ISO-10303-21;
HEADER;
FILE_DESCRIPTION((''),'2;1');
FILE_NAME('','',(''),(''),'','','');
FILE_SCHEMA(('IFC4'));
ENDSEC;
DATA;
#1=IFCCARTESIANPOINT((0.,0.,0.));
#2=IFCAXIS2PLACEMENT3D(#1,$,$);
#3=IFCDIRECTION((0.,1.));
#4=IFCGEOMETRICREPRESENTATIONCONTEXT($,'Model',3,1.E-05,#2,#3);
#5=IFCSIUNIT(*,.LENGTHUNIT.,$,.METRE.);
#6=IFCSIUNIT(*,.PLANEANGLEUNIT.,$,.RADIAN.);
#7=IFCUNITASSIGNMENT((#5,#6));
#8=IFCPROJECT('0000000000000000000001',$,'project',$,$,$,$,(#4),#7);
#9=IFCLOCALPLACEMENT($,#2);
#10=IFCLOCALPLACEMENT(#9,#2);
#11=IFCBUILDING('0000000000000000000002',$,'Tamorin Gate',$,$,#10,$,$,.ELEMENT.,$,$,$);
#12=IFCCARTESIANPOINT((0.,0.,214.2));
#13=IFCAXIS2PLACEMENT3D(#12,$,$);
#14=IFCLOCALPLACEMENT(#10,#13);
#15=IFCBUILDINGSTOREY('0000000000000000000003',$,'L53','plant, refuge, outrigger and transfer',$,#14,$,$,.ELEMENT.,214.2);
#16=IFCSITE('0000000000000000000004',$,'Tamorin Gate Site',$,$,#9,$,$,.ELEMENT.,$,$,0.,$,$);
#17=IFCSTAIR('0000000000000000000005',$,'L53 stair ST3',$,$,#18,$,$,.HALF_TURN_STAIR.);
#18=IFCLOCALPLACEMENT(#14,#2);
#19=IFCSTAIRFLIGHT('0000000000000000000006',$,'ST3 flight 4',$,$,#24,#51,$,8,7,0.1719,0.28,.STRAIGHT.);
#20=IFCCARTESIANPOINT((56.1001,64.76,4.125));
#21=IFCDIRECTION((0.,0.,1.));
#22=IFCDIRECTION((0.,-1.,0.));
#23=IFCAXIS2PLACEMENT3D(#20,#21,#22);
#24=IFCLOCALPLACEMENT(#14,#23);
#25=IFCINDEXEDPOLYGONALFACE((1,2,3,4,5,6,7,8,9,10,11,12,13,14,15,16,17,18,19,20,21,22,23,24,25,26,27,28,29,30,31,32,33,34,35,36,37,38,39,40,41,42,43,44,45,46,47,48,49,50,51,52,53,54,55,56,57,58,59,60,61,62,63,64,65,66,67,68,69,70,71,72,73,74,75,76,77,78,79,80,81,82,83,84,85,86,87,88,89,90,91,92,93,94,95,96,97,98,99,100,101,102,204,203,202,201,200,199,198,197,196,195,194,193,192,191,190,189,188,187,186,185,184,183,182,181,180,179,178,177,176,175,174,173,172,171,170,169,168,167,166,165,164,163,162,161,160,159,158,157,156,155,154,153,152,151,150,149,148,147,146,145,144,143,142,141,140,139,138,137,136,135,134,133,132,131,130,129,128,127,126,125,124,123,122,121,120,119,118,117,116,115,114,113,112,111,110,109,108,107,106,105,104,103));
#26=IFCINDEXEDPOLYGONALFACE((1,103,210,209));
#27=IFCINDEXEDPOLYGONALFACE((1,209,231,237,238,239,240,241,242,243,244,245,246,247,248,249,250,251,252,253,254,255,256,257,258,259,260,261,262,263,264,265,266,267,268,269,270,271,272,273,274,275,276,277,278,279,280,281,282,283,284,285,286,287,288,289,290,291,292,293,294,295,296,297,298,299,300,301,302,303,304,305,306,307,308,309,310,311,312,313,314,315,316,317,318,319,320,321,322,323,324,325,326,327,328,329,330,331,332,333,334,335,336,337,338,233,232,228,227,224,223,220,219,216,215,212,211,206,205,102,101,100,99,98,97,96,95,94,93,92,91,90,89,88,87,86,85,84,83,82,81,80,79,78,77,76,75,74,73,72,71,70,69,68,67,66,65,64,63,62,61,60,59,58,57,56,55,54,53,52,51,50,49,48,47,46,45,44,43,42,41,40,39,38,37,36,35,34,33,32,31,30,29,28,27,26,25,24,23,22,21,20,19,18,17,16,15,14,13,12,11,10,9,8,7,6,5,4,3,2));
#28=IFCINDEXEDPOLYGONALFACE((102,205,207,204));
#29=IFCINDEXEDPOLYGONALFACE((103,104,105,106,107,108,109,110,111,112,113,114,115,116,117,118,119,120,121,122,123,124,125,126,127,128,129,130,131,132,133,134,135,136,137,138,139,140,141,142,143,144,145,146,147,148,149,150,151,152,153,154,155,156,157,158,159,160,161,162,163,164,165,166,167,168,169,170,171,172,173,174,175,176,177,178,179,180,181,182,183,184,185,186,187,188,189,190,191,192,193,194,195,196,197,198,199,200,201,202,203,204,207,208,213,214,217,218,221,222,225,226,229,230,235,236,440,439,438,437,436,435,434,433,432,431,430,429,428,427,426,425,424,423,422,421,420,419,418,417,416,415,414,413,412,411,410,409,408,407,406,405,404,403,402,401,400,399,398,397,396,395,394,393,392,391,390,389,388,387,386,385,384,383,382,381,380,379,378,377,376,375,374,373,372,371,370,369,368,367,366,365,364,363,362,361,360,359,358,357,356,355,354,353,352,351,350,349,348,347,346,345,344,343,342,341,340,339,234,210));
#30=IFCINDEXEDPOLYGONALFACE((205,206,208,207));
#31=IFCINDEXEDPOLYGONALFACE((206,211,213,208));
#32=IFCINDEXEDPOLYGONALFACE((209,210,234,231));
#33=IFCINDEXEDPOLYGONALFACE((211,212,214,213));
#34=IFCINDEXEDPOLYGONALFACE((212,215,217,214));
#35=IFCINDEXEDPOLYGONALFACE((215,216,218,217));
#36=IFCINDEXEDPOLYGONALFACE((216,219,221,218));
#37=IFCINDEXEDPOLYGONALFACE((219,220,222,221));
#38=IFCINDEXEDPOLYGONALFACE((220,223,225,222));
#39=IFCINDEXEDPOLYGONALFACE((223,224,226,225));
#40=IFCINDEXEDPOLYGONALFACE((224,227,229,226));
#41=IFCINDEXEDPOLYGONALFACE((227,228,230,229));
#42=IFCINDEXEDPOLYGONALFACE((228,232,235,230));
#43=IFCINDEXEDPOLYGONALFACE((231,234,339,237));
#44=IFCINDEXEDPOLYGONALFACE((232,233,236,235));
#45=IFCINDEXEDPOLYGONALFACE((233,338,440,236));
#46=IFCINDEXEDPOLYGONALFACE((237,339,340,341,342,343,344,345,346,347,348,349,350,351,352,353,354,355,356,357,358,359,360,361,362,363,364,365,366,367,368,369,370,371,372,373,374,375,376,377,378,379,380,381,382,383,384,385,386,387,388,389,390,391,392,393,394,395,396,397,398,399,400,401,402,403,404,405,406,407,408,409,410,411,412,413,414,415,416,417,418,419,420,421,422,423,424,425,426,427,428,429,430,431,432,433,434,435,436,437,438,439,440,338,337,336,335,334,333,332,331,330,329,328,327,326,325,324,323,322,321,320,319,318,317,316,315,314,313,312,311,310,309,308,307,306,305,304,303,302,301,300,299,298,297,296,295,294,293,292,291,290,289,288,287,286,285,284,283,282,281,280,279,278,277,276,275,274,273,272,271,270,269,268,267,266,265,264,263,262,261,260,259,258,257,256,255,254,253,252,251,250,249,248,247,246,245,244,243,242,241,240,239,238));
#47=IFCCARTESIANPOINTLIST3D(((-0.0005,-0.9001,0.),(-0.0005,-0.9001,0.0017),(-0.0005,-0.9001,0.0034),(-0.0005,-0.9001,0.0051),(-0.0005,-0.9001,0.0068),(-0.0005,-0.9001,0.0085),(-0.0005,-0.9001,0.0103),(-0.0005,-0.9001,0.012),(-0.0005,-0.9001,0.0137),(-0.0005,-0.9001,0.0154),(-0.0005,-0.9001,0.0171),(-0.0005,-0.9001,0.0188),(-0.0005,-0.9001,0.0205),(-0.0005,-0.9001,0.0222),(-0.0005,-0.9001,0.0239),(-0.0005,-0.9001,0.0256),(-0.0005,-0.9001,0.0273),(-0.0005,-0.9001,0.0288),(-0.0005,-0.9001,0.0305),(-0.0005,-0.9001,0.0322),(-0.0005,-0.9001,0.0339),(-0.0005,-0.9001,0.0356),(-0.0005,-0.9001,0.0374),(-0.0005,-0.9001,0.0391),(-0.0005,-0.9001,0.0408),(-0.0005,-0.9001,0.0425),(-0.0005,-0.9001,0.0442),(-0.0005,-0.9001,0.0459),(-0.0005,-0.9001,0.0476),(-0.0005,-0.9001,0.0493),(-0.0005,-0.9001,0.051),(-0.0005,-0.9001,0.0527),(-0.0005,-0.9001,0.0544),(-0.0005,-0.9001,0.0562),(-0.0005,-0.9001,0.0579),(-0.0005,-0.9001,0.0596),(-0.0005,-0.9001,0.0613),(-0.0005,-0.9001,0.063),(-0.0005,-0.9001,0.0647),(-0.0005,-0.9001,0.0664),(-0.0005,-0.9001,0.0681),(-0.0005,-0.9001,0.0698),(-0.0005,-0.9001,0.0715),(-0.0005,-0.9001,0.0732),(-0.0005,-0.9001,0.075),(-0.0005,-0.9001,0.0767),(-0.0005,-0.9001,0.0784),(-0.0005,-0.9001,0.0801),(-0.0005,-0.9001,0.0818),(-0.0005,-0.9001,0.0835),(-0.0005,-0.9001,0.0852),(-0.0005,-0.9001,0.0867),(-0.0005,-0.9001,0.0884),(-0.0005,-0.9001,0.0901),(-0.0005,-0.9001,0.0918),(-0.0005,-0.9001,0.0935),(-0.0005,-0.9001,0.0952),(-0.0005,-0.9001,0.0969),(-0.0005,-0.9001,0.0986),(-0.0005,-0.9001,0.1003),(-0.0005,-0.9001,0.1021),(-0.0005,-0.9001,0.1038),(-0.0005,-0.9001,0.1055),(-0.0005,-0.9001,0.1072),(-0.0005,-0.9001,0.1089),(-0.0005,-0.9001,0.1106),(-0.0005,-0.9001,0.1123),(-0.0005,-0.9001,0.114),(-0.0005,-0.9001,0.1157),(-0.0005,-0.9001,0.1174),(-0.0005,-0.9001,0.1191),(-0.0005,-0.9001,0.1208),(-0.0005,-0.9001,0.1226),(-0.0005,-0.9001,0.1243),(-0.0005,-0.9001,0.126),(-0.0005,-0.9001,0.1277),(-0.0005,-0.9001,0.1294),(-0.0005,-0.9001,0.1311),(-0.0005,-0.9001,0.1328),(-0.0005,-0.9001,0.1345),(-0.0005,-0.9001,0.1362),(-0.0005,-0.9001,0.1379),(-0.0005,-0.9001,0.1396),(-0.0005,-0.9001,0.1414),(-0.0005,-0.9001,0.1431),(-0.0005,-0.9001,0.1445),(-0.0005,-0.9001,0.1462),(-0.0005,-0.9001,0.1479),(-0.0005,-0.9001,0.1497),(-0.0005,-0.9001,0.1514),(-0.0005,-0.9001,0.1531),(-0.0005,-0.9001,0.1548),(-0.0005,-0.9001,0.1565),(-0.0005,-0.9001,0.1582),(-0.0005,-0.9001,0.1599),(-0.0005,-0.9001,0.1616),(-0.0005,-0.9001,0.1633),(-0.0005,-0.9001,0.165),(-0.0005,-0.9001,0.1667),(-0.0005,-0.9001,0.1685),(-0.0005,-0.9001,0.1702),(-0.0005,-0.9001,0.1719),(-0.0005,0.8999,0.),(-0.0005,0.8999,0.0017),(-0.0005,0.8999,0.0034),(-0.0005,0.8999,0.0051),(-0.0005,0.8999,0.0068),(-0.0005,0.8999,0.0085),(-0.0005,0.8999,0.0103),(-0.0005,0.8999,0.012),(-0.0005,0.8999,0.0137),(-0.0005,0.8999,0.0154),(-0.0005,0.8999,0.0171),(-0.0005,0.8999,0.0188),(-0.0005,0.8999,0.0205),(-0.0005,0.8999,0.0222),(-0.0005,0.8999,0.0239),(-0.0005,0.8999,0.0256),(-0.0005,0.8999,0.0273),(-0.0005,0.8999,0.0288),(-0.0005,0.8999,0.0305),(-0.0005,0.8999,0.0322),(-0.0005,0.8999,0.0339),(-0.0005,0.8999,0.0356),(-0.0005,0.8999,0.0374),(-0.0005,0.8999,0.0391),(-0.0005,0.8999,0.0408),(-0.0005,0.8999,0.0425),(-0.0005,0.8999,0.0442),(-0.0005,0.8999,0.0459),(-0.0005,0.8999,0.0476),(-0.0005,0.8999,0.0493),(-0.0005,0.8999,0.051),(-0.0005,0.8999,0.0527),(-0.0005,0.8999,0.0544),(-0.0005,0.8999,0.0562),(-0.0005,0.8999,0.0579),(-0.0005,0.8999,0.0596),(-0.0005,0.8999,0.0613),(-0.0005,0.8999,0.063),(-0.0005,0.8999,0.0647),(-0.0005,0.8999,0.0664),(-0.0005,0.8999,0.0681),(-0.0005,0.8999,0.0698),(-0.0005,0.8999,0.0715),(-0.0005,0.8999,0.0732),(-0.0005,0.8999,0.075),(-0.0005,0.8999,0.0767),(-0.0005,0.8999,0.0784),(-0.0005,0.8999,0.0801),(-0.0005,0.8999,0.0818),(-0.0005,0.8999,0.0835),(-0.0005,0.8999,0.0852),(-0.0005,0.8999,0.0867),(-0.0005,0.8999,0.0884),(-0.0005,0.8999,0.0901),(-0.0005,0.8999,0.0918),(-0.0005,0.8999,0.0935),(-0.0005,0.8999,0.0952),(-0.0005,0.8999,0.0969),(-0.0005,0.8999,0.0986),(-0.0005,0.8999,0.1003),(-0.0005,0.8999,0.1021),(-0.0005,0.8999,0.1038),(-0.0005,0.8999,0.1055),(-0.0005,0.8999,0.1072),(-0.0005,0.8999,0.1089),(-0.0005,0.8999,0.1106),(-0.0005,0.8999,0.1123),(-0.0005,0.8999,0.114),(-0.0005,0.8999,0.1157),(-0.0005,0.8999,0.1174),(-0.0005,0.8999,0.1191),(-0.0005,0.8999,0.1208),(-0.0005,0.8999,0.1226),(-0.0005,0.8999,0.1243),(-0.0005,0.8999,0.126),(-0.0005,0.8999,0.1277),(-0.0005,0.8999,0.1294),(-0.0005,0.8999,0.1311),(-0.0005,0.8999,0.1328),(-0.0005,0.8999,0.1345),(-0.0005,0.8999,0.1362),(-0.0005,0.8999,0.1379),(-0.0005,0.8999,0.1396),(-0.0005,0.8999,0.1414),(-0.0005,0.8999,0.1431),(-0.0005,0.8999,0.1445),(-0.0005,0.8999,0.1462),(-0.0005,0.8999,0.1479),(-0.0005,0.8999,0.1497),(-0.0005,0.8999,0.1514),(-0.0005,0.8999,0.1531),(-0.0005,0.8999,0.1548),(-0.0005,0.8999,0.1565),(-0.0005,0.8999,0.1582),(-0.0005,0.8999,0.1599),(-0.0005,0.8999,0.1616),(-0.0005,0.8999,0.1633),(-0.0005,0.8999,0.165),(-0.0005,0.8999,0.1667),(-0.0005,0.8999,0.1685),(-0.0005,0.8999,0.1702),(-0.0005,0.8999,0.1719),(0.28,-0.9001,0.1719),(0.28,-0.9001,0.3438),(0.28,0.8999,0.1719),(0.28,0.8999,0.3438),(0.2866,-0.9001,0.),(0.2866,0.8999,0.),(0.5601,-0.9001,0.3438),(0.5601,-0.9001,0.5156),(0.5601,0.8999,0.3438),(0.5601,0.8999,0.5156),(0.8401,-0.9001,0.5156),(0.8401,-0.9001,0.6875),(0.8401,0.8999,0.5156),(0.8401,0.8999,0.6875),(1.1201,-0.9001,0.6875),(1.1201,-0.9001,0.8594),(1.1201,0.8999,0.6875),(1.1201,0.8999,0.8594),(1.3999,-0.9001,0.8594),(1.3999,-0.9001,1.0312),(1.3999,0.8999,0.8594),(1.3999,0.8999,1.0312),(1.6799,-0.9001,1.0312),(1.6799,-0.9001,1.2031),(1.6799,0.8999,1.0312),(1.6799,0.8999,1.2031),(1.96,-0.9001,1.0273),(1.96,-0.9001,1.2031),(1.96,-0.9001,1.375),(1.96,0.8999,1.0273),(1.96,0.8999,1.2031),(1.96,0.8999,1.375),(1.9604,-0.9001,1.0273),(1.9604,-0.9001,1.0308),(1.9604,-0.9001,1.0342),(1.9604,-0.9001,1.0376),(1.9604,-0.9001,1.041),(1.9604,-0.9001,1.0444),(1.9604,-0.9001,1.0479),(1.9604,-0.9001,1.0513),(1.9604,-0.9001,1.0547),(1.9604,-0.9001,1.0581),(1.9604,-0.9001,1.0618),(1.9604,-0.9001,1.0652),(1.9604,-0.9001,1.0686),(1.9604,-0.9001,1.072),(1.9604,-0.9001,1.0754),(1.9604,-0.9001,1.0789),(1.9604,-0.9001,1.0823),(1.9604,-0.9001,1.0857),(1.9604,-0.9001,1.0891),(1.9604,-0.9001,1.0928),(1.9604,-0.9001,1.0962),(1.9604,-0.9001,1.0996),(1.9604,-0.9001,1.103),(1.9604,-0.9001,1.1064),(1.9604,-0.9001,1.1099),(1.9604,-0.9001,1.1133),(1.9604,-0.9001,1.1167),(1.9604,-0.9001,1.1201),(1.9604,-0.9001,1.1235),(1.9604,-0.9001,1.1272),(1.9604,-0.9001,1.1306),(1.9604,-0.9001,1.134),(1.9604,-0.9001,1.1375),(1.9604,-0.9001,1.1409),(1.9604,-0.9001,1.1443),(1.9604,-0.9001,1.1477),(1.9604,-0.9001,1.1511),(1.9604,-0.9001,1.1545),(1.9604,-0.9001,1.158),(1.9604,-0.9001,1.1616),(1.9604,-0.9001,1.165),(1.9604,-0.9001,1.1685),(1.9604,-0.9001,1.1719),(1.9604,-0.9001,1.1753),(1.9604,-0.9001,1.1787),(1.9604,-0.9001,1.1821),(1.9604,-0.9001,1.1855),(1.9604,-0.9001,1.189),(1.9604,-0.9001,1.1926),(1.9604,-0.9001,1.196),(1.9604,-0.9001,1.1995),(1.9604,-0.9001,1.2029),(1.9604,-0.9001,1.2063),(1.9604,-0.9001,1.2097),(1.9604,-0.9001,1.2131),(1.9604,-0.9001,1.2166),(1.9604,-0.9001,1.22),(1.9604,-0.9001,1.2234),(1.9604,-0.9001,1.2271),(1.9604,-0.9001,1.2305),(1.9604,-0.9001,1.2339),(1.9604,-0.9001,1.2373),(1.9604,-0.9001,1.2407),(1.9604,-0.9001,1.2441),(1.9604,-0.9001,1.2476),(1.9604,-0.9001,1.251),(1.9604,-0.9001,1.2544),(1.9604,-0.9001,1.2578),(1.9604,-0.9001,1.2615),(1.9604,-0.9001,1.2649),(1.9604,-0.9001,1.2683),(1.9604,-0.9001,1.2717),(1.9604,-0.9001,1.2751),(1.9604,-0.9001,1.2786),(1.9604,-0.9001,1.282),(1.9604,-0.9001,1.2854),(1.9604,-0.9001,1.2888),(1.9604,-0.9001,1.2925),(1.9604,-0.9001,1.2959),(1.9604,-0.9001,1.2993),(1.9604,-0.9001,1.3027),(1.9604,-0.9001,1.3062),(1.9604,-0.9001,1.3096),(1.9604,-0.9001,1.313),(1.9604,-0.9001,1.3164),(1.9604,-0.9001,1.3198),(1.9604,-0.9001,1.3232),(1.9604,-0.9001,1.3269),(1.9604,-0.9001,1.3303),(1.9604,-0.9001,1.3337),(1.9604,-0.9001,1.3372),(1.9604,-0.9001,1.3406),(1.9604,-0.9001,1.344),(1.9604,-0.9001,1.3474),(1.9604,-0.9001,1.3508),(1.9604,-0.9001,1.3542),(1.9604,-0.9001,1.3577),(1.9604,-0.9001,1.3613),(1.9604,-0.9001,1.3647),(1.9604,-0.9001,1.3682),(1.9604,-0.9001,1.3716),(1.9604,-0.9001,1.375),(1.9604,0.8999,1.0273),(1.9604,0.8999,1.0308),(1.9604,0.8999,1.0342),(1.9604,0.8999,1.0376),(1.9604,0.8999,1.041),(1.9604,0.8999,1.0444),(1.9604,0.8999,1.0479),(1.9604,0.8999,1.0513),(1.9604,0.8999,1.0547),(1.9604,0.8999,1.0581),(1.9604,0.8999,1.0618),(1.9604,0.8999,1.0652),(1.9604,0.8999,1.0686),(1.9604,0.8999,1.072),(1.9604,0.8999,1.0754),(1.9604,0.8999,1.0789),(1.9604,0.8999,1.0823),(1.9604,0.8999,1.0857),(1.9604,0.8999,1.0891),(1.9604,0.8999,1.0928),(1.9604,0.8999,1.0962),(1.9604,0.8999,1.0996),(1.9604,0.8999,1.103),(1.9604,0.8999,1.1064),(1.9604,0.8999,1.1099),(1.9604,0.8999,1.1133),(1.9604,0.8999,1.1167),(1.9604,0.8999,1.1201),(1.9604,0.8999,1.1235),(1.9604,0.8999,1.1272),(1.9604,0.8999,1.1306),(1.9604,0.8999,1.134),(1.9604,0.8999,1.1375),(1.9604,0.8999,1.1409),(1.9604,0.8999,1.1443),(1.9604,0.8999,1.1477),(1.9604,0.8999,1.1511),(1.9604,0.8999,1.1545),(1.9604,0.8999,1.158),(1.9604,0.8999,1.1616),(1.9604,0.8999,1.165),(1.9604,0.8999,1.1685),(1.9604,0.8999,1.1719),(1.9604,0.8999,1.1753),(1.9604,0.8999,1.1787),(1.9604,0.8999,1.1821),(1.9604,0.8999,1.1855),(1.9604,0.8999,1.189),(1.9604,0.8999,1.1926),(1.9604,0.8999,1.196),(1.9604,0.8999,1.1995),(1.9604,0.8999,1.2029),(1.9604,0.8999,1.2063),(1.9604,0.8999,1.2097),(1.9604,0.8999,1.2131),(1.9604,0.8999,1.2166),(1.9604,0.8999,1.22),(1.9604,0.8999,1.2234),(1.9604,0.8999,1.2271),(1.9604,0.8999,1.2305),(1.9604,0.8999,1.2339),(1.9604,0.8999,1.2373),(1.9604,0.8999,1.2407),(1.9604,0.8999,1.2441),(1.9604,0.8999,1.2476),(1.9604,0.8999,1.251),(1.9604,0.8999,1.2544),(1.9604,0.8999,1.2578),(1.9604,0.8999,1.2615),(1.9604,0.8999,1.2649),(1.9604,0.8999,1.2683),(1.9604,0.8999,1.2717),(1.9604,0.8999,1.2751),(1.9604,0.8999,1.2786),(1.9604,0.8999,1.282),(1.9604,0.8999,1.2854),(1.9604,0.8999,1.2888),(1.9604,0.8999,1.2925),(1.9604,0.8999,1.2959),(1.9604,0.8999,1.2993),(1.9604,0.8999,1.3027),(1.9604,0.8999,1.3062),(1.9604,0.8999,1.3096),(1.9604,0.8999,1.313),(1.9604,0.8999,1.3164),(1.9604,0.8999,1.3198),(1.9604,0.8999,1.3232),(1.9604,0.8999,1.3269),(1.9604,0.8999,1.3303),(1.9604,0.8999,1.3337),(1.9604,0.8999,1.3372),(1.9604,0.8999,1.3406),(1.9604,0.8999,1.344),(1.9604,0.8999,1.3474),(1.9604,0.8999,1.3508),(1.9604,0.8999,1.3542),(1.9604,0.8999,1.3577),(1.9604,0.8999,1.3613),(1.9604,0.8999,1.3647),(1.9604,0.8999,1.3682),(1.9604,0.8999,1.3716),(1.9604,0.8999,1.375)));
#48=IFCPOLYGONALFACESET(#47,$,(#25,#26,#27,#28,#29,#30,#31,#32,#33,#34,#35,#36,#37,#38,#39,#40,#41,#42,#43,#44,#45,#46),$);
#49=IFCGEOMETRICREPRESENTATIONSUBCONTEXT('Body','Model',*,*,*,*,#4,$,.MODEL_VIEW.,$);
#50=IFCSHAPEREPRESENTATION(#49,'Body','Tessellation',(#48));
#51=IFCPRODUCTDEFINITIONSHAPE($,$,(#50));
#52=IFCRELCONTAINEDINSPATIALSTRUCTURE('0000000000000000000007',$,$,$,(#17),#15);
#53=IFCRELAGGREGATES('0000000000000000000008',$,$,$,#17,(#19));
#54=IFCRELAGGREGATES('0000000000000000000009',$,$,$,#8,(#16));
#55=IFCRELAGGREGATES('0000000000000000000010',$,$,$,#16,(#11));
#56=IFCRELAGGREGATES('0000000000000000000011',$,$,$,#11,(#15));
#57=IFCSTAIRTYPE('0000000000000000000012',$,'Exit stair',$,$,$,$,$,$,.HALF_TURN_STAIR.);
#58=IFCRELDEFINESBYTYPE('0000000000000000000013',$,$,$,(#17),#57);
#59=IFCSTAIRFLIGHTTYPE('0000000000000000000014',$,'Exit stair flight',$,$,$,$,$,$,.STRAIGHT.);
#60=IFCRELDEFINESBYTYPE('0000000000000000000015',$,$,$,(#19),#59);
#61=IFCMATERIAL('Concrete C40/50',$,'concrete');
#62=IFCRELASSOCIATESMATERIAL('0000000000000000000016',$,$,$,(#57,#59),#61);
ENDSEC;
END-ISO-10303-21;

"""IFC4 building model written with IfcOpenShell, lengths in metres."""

from ifc_helpers import new_model, si_unit, direction, frame, origin, place, context, subcontext, project, spatial, polyline, outline, extrude, material, type_object, element, aggregate, save


model = new_model("IFC4")

# Units and contexts
model_context = context("Model", 3, precision=1e-05, world=origin(), true_north=direction((0.0, 1.0)))
body_context = subcontext(model_context, "Body", "Model", "MODEL_VIEW")
ifc_project = project(units=[si_unit("LENGTHUNIT", "METRE"), si_unit("PLANEANGLEUNIT", "RADIAN")], contexts=[model_context])

# Site, building, storey
site_placement = place(None, origin())
site = spatial("IfcSite", under=ifc_project, at=site_placement, Name="Tamorin Gate Site", CompositionType="ELEMENT", RefElevation=0.0)
building_placement = place(site_placement, origin())
building = spatial("IfcBuilding", under=site, at=building_placement, Name="Tamorin Gate", CompositionType="ELEMENT")
storey_placement = place(building_placement, frame((0.0, 0.0, 214.2)))
storey = spatial("IfcBuildingStorey", under=building, at=storey_placement, Name="L53", Description="plant, refuge, outrigger and transfer", CompositionType="ELEMENT", Elevation=214.2)

# Shared definitions
ifc_material_1 = material(Name="Concrete C40/50", Category="concrete")

# Stair, stair flight
stair_type = type_object("IfcStairType", Name="Exit stair", PredefinedType="HALF_TURN_STAIR", material=ifc_material_1)
stair_placement = place(storey_placement, origin())
stair = element("IfcStair", 1, at=stair_placement, inside=storey, type_object=stair_type, Name="L53 stair ST3", PredefinedType="HALF_TURN_STAIR")
stair_flight_type = type_object("IfcStairFlightType", Name="Exit stair flight", PredefinedType="STRAIGHT", material=ifc_material_1)
stair_flight_1_placement = place(storey_placement, frame((56.1001, 64.76, 4.125), z_axis=(0.0, 0.0, 1.0), x_axis=(0.0, -1.0, 0.0)))
stair_flight_1 = element("IfcStairFlight", 2, at=stair_flight_1_placement, type_object=stair_flight_type, Name="ST3 flight 4", NumberOfRisers=8, NumberOfTreads=7, PredefinedType="STRAIGHT", RiserHeight=0.1719, TreadLength=0.28, context=body_context, shape_type="SweptSolid", body=[
    extrude(outline(polyline([(-0.0005, 0.0), (-0.0005, 0.0017), (-0.0005, 0.0034), (-0.0005, 0.0051), (-0.0005, 0.0068), (-0.0005, 0.0085), (-0.0005, 0.0103), (-0.0005, 0.012), (-0.0005, 0.0137), (-0.0005, 0.0154), (-0.0005, 0.0171), (-0.0005, 0.0188), (-0.0005, 0.0205), (-0.0005, 0.0222), (-0.0005, 0.0239), (-0.0005, 0.0256), (-0.0005, 0.0273), (-0.0005, 0.0288), (-0.0005, 0.0305), (-0.0005, 0.0322), (-0.0005, 0.0339), (-0.0005, 0.0356), (-0.0005, 0.0374), (-0.0005, 0.0391), (-0.0005, 0.0408), (-0.0005, 0.0425), (-0.0005, 0.0442), (-0.0005, 0.0459), (-0.0005, 0.0476), (-0.0005, 0.0493), (-0.0005, 0.051), (-0.0005, 0.0527), (-0.0005, 0.0544), (-0.0005, 0.0562), (-0.0005, 0.0579), (-0.0005, 0.0596), (-0.0005, 0.0613), (-0.0005, 0.063), (-0.0005, 0.0647), (-0.0005, 0.0664), (-0.0005, 0.0681), (-0.0005, 0.0698), (-0.0005, 0.0715), (-0.0005, 0.0732), (-0.0005, 0.075), (-0.0005, 0.0767), (-0.0005, 0.0784), (-0.0005, 0.0801), (-0.0005, 0.0818), (-0.0005, 0.0835), (-0.0005, 0.0852), (-0.0005, 0.0867), (-0.0005, 0.0884), (-0.0005, 0.0901), (-0.0005, 0.0918), (-0.0005, 0.0935), (-0.0005, 0.0952), (-0.0005, 0.0969), (-0.0005, 0.0986), (-0.0005, 0.1003), (-0.0005, 0.1021), (-0.0005, 0.1038), (-0.0005, 0.1055), (-0.0005, 0.1072), (-0.0005, 0.1089), (-0.0005, 0.1106), (-0.0005, 0.1123), (-0.0005, 0.114), (-0.0005, 0.1157), (-0.0005, 0.1174), (-0.0005, 0.1191), (-0.0005, 0.1208), (-0.0005, 0.1226), (-0.0005, 0.1243), (-0.0005, 0.126), (-0.0005, 0.1277), (-0.0005, 0.1294), (-0.0005, 0.1311), (-0.0005, 0.1328), (-0.0005, 0.1345), (-0.0005, 0.1362), (-0.0005, 0.1379), (-0.0005, 0.1396), (-0.0005, 0.1414), (-0.0005, 0.1431), (-0.0005, 0.1445), (-0.0005, 0.1462), (-0.0005, 0.1479), (-0.0005, 0.1497), (-0.0005, 0.1514), (-0.0005, 0.1531), (-0.0005, 0.1548), (-0.0005, 0.1565), (-0.0005, 0.1582), (-0.0005, 0.1599), (-0.0005, 0.1616), (-0.0005, 0.1633), (-0.0005, 0.165), (-0.0005, 0.1667), (-0.0005, 0.1685), (-0.0005, 0.1702), (-0.0005, 0.1719), (0.28, 0.1719), (0.28, 0.3438), (0.5601, 0.3438), (0.5601, 0.5156), (0.8401, 0.5156), (0.8401, 0.6875), (1.1201, 0.6875), (1.1201, 0.8594), (1.3999, 0.8594), (1.3999, 1.0312), (1.6799, 1.0312), (1.6799, 1.2031), (1.96, 1.2031), (1.96, 1.375), (1.9604, 1.375), (1.9604, 1.3716), (1.9604, 1.3682), (1.9604, 1.3647), (1.9604, 1.3613), (1.9604, 1.3577), (1.9604, 1.3542), (1.9604, 1.3508), (1.9604, 1.3474), (1.9604, 1.344), (1.9604, 1.3406), (1.9604, 1.3372), (1.9604, 1.3337), (1.9604, 1.3303), (1.9604, 1.3269), (1.9604, 1.3232), (1.9604, 1.3198), (1.9604, 1.3164), (1.9604, 1.313), (1.9604, 1.3096), (1.9604, 1.3062), (1.9604, 1.3027), (1.9604, 1.2993), (1.9604, 1.2959), (1.9604, 1.2925), (1.9604, 1.2888), (1.9604, 1.2854), (1.9604, 1.282), (1.9604, 1.2786), (1.9604, 1.2751), (1.9604, 1.2717), (1.9604, 1.2683), (1.9604, 1.2649), (1.9604, 1.2615), (1.9604, 1.2578), (1.9604, 1.2544), (1.9604, 1.251), (1.9604, 1.2476), (1.9604, 1.2441), (1.9604, 1.2407), (1.9604, 1.2373), (1.9604, 1.2339), (1.9604, 1.2305), (1.9604, 1.2271), (1.9604, 1.2234), (1.9604, 1.22), (1.9604, 1.2166), (1.9604, 1.2131), (1.9604, 1.2097), (1.9604, 1.2063), (1.9604, 1.2029), (1.9604, 1.1995), (1.9604, 1.196), (1.9604, 1.1926), (1.9604, 1.189), (1.9604, 1.1855), (1.9604, 1.1821), (1.9604, 1.1787), (1.9604, 1.1753), (1.9604, 1.1719), (1.9604, 1.1685), (1.9604, 1.165), (1.9604, 1.1616), (1.9604, 1.158), (1.9604, 1.1545), (1.9604, 1.1511), (1.9604, 1.1477), (1.9604, 1.1443), (1.9604, 1.1409), (1.9604, 1.1375), (1.9604, 1.134), (1.9604, 1.1306), (1.9604, 1.1272), (1.9604, 1.1235), (1.9604, 1.1201), (1.9604, 1.1167), (1.9604, 1.1133), (1.9604, 1.1099), (1.9604, 1.1064), (1.9604, 1.103), (1.9604, 1.0996), (1.9604, 1.0962), (1.9604, 1.0928), (1.9604, 1.0891), (1.9604, 1.0857), (1.9604, 1.0823), (1.9604, 1.0789), (1.9604, 1.0754), (1.9604, 1.072), (1.9604, 1.0686), (1.9604, 1.0652), (1.9604, 1.0618), (1.9604, 1.0581), (1.9604, 1.0547), (1.9604, 1.0513), (1.9604, 1.0479), (1.9604, 1.0444), (1.9604, 1.041), (1.9604, 1.0376), (1.9604, 1.0342), (1.9604, 1.0308), (1.9604, 1.0273), (1.96, 1.0273), (0.2866, 0.0), (-0.0005, 0.0)])), frame((0.0, 0.8999, 0.0), z_axis=(0.0, -1.0, 0.0), x_axis=(1.0, 0.0, 0.0)), (0.0, 0.0, 1.0), 1.8),
])
aggregate(stair, [stair_flight_1])

save(model, "model.ifc")
